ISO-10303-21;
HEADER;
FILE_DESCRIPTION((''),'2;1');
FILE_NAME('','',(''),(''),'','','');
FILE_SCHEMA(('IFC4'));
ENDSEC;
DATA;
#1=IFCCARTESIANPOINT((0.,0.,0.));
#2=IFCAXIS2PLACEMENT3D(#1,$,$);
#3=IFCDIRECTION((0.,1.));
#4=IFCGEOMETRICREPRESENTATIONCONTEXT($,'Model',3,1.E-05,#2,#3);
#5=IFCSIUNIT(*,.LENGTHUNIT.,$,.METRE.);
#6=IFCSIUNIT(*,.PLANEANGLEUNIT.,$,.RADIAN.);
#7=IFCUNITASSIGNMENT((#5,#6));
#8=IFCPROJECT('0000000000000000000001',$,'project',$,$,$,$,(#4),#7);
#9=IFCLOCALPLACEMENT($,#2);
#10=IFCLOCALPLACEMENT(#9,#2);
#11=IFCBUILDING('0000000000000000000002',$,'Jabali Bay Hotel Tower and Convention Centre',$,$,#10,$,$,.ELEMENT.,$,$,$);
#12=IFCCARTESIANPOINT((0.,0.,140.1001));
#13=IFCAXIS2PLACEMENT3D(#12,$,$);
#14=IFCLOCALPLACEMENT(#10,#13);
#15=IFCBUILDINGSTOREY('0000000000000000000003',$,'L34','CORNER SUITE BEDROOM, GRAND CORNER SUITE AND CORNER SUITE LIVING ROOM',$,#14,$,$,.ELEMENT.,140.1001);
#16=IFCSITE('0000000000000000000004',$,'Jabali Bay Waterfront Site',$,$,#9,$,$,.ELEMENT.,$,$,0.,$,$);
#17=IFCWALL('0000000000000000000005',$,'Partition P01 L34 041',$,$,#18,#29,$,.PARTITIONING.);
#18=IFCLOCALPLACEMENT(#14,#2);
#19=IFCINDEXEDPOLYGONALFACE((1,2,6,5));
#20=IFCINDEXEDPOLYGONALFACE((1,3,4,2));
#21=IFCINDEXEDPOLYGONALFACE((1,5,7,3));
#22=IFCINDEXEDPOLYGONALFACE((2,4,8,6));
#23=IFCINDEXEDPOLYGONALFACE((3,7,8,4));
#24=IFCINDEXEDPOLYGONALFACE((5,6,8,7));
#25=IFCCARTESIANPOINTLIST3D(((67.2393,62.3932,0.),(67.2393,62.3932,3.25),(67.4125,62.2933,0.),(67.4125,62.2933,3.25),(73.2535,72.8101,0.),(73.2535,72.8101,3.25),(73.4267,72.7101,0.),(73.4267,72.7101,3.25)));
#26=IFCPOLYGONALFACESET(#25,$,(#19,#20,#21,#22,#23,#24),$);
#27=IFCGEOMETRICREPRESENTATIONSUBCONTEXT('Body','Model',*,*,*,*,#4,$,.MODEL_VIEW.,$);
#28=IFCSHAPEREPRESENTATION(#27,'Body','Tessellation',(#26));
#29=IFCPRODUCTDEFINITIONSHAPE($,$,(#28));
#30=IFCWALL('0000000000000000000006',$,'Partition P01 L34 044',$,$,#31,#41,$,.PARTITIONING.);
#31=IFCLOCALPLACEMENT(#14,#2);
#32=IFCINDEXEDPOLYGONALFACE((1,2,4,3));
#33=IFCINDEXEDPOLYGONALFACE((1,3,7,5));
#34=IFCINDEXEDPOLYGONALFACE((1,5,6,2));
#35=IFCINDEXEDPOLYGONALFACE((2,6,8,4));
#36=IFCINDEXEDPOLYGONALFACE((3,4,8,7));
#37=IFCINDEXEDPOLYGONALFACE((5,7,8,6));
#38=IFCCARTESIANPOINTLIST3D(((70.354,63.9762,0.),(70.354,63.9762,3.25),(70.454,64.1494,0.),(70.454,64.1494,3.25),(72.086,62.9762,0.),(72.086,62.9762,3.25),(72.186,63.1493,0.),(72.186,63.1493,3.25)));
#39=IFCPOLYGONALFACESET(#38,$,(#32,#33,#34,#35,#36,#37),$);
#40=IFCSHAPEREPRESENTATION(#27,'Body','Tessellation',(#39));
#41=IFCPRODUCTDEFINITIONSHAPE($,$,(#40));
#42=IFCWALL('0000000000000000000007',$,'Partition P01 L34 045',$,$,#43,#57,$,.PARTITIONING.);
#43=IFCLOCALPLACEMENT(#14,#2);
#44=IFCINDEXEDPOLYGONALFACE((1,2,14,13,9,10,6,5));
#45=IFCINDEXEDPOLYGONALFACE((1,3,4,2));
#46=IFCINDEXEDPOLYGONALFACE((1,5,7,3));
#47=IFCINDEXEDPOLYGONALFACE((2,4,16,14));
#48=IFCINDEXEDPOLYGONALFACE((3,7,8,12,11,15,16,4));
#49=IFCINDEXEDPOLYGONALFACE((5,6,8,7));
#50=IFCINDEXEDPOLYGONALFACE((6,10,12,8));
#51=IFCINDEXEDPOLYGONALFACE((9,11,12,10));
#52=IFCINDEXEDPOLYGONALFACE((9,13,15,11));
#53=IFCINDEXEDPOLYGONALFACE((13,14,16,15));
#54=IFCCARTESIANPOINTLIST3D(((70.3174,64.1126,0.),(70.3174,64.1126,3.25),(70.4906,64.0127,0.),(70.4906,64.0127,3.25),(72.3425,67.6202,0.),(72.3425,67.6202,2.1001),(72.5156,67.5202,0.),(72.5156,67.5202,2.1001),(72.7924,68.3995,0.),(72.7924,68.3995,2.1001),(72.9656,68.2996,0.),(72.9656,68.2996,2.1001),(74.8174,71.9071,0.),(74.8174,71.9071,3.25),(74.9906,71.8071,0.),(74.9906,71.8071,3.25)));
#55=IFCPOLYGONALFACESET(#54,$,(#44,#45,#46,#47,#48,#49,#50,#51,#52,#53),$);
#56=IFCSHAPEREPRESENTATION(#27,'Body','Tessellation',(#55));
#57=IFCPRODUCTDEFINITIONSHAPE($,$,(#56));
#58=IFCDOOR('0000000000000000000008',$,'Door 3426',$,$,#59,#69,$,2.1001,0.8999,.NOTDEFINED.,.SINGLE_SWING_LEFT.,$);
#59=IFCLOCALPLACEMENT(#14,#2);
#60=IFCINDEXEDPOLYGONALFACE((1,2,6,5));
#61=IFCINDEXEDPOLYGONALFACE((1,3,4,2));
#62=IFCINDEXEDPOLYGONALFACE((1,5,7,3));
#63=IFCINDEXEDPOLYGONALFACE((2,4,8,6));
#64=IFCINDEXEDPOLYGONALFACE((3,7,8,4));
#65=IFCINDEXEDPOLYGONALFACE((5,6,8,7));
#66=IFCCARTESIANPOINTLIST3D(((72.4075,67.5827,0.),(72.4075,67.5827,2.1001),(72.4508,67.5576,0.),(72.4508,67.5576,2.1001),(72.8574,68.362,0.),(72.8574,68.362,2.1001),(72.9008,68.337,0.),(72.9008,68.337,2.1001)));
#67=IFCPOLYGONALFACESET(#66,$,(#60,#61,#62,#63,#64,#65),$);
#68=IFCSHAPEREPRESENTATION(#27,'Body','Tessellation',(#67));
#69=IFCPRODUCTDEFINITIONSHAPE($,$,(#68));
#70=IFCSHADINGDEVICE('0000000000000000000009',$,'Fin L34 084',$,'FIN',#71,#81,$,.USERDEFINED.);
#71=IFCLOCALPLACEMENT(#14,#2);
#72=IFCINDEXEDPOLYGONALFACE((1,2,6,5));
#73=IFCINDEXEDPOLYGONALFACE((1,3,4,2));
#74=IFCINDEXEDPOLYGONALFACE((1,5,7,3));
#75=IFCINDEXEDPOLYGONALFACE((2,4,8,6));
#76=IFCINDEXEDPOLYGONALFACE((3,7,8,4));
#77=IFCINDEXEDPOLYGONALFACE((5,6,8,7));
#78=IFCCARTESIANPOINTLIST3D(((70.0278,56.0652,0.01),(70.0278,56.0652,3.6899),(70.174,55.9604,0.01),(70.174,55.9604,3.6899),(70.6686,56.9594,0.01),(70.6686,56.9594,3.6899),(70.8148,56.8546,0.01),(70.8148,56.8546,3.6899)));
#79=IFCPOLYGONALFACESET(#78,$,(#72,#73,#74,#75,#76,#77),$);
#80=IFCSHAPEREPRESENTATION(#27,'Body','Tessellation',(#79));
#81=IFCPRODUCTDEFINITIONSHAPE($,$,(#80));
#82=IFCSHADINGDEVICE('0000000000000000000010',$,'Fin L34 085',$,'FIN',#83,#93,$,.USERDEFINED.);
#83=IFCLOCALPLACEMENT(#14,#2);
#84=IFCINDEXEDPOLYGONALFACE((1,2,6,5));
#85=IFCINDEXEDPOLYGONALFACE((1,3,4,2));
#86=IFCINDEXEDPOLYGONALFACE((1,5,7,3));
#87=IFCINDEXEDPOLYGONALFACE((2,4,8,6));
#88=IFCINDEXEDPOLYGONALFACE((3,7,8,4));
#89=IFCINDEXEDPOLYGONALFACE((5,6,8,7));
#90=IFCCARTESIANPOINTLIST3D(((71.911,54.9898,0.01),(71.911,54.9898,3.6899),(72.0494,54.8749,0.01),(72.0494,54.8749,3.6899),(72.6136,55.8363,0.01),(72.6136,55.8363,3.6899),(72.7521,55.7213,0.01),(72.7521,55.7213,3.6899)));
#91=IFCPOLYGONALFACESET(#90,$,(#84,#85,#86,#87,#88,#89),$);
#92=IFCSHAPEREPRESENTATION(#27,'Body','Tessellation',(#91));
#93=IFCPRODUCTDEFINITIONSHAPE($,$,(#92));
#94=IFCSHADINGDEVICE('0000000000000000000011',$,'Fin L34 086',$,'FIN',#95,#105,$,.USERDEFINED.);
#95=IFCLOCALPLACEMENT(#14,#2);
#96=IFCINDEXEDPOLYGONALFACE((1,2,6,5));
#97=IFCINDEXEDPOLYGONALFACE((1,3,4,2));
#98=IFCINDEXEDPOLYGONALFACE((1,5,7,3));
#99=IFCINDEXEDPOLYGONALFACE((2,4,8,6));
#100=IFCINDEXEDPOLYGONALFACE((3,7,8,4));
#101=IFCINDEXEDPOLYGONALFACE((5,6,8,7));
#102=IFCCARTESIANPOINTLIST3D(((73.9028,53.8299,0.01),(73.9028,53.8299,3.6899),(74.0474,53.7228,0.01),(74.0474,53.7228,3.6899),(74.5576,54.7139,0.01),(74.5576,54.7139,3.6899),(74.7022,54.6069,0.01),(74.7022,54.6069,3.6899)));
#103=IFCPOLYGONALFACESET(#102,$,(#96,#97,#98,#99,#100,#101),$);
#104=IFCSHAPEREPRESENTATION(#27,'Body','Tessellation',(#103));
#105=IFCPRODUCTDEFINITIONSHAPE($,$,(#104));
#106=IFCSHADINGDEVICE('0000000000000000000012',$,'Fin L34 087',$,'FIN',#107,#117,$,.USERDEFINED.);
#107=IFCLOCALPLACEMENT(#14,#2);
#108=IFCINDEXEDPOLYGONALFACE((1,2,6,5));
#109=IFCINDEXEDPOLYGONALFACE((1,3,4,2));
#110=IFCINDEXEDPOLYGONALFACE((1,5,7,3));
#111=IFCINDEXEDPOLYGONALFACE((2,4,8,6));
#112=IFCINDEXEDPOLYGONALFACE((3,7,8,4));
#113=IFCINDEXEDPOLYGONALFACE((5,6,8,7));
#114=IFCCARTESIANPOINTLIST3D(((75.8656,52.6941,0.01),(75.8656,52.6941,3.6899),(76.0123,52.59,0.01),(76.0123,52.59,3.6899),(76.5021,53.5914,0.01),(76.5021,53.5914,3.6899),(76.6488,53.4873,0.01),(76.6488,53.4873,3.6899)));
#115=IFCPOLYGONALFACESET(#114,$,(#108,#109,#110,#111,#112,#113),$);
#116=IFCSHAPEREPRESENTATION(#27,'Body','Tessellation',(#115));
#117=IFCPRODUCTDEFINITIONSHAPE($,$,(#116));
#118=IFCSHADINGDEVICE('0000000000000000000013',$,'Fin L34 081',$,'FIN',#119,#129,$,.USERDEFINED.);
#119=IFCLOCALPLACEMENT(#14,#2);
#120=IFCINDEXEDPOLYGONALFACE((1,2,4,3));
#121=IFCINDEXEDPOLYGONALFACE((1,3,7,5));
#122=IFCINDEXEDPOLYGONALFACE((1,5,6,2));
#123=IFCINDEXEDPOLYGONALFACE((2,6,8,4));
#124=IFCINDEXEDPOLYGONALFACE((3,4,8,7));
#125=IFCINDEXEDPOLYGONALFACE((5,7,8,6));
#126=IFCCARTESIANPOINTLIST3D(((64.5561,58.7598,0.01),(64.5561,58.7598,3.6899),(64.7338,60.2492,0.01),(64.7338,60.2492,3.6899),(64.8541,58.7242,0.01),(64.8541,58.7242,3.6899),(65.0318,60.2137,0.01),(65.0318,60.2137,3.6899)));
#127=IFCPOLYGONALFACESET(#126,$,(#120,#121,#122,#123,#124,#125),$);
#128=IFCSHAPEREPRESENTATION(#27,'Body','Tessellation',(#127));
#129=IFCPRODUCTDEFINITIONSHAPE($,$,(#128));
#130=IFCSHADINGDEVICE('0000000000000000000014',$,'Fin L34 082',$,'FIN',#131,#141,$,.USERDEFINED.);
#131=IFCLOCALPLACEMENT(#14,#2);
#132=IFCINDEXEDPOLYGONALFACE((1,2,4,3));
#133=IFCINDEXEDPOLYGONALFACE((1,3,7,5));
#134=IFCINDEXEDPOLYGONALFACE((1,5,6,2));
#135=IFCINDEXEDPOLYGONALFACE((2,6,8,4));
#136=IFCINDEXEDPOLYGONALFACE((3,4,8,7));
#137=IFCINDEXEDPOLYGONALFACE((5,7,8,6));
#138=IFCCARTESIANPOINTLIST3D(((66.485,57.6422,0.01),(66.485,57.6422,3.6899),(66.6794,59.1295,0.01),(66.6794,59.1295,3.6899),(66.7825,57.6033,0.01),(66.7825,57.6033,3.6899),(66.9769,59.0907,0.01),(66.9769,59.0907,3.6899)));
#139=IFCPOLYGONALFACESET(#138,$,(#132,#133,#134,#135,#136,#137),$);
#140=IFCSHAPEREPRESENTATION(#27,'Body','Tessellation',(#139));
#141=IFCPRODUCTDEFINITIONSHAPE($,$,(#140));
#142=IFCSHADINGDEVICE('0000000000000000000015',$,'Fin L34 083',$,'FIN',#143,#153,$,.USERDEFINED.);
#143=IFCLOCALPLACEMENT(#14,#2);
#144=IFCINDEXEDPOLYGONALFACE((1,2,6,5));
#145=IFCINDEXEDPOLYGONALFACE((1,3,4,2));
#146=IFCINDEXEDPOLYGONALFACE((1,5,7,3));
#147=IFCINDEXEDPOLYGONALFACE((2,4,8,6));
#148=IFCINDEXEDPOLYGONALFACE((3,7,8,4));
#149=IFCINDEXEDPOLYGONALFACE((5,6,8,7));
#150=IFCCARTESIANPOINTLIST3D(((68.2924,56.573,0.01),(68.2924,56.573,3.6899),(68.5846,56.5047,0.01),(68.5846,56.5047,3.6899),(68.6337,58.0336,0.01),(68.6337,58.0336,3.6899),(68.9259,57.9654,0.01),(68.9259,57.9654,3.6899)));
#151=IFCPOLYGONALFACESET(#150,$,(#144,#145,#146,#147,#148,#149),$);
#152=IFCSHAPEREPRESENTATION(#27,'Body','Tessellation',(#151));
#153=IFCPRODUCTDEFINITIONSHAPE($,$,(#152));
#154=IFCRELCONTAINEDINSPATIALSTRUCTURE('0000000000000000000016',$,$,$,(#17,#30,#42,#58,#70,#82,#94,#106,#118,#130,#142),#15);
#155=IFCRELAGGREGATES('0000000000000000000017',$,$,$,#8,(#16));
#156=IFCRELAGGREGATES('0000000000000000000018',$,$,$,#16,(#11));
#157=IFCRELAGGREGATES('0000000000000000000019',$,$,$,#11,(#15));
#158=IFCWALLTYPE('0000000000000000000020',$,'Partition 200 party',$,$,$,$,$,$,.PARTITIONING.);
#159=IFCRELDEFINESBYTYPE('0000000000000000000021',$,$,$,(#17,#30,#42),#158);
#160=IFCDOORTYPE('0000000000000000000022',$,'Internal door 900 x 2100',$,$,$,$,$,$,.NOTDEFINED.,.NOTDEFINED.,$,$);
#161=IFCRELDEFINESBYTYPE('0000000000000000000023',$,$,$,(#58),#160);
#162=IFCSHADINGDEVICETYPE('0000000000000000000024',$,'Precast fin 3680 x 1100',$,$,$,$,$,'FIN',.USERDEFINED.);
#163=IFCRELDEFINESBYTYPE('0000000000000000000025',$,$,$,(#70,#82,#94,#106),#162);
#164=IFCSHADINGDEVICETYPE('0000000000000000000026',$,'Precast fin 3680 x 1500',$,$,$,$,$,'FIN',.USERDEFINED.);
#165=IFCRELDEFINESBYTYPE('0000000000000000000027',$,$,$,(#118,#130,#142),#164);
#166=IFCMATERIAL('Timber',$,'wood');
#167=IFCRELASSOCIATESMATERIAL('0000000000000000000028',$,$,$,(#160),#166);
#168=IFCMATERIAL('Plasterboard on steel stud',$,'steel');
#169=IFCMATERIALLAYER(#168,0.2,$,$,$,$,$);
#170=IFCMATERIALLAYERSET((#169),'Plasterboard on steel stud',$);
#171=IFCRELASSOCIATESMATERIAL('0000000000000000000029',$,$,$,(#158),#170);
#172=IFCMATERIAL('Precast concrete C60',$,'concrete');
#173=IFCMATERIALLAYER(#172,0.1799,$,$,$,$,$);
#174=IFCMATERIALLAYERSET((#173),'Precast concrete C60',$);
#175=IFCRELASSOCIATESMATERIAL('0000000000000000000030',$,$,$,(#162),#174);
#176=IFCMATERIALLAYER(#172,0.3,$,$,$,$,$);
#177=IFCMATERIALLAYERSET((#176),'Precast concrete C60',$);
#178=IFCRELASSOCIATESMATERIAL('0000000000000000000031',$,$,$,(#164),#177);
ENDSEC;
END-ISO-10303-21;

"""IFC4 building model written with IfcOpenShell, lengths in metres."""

from ifc_helpers import new_model, si_unit, direction, frame, frame_2d, origin, place, context, subcontext, project, spatial, rectangle, extrude, material, layer, layer_set, type_object, element, fill, save


model = new_model("IFC4")

# Units and contexts
model_context = context("Model", 3, precision=1e-05, world=origin(), true_north=direction((0.0, 1.0)))
body_context = subcontext(model_context, "Body", "Model", "MODEL_VIEW")
ifc_project = project(units=[si_unit("LENGTHUNIT", "METRE"), si_unit("PLANEANGLEUNIT", "RADIAN")], contexts=[model_context])

# Site, building, storey
site_placement = place(None, origin())
site = spatial("IfcSite", under=ifc_project, at=site_placement, Name="Jabali Bay Waterfront Site", CompositionType="ELEMENT", RefElevation=0.0)
building_placement = place(site_placement, origin())
building = spatial("IfcBuilding", under=site, at=building_placement, Name="Jabali Bay Hotel Tower and Convention Centre", CompositionType="ELEMENT")
storey_placement = place(building_placement, frame((0.0, 0.0, 140.1001)))
storey = spatial("IfcBuildingStorey", under=building, at=storey_placement, Name="L34", Description="CORNER SUITE BEDROOM, GRAND CORNER SUITE AND CORNER SUITE LIVING ROOM", CompositionType="ELEMENT", Elevation=140.1001)

# Shared definitions
ifc_material_1 = material(Name="Plasterboard on steel stud", Category="steel")
ifc_material_2 = material(Name="Timber", Category="wood")
door_type_1 = type_object("IfcDoorType", Name="Internal door 900 x 2100", OperationType="NOTDEFINED", PredefinedType="NOTDEFINED", material=ifc_material_2)

# Walls
ifc_layer_1 = layer(ifc_material_1, 0.2)
ifc_layer_set_1 = layer_set([ifc_layer_1], Name="Plasterboard on steel stud")
wall_type_1 = type_object("IfcWallType", Name="Partition 200 party", PredefinedType="PARTITIONING", material=ifc_layer_set_1)
for number, where, z_axis, x_axis, name in (
    (1, (67.3259, 62.3433, 0.0), (0.0, 0.0, 1.0), (0.500003, 0.866024, 0.0), "Partition P01 L34 041"),
):
    element("IfcWall", number, at=place(storey_placement, frame(where, z_axis=z_axis, x_axis=x_axis)), inside=storey, type_object=wall_type_1, Name=name, PredefinedType="PARTITIONING", context=body_context, shape_type="SweptSolid", body=[
        extrude(rectangle(XDim=12.0283, YDim=0.2, at=frame_2d((6.0142, 0.0))), origin(), (0.0, 0.0, 1.0), 3.25),
    ])
wall_1_placement = place(storey_placement, frame((72.136, 63.0627, 0.0), z_axis=(0.0, 0.0, 1.0), x_axis=(-0.866011, 0.500025, 0.0)))
element("IfcWall", 2, at=wall_1_placement, inside=storey, type_object=wall_type_1, Name="Partition P01 L34 044", PredefinedType="PARTITIONING", context=body_context, shape_type="SweptSolid", body=[
    extrude(rectangle(XDim=2.0, YDim=0.2, at=frame_2d((1.0, 0.0))), origin(), (0.0, 0.0, 1.0), 3.25),
])

# Wall, opening, door
wall_2_placement = place(storey_placement, frame((70.4041, 64.0627, 0.0), z_axis=(0.0, 0.0, 1.0), x_axis=(0.49999, 0.866031, 0.0)))
wall_2 = element("IfcWall", 3, at=wall_2_placement, inside=storey, type_object=wall_type_1, Name="Partition P01 L34 045", PredefinedType="PARTITIONING", context=body_context, shape_type="SweptSolid", body=[
    extrude(rectangle(XDim=9.0002, YDim=0.2, at=frame_2d((4.5, 0.0))), origin(), (0.0, 0.0, 1.0), 3.25),
])
opening_1_placement = place(wall_2_placement, frame((4.05, 0.0, 0.0)))
opening_1 = element("IfcOpeningElement", 4, at=opening_1_placement, cuts=wall_2, PredefinedType="OPENING", context=body_context, shape_type="SweptSolid", body=[
    extrude(rectangle(XDim=0.8999, YDim=2.1001, at=frame_2d((0.45, 1.05))), frame((0.0, 0.1104, 0.0), z_axis=(0.0, -1.0, 0.0), x_axis=(1.0, 0.0, 0.0)), (0.0, 0.0, 1.0), 0.2209),
])
door_1_placement = place(opening_1_placement, origin())
door_1 = element("IfcDoor", 5, at=door_1_placement, inside=storey, type_object=door_type_1, Name="Door 3426", OperationType="SINGLE_SWING_LEFT", OverallHeight=2.1001, OverallWidth=0.8999, PredefinedType="NOTDEFINED", context=body_context, shape_type="SweptSolid", body=[
    extrude(rectangle(XDim=0.8999, YDim=2.1001, at=frame_2d((0.45, 1.05))), frame((0.0, 0.0249, 0.0), z_axis=(0.0, -1.0, 0.0), x_axis=(1.0, 0.0, 0.0)), (0.0, 0.0, 1.0), 0.05),
])
fill(opening_1, door_1)

# Shading devices
ifc_material_3 = material(Name="Precast concrete C60", Category="concrete")
ifc_layer_2 = layer(ifc_material_3, 0.1799)
ifc_layer_set_2 = layer_set([ifc_layer_2], Name="Precast concrete C60")
shading_device_type_1 = type_object("IfcShadingDeviceType", Name="Precast fin 3680 x 1100", ElementType="FIN", PredefinedType="USERDEFINED", material=ifc_layer_set_2)
for number, where, z_axis, x_axis, name in (
    (6, (70.7417, 56.907, 0.01), (0.0, 0.0, 1.0), (-0.582497, -0.812833, 0.0), "Fin L34 084"),
    (7, (72.6829, 55.7788, 0.01), (0.0, 0.0, 1.0), (-0.638721, -0.769439, 0.0), "Fin L34 085"),
    (8, (74.6299, 54.6604, 0.01), (0.0, 0.0, 1.0), (-0.595196, -0.803581, 0.0), "Fin L34 086"),
    (9, (76.5754, 53.5393, 0.01), (0.0, 0.0, 1.0), (-0.57859, -0.815619, 0.0), "Fin L34 087"),
):
    element("IfcShadingDevice", number, at=place(storey_placement, frame(where, z_axis=z_axis, x_axis=x_axis)), inside=storey, type_object=shading_device_type_1, Name=name, ObjectType="FIN", PredefinedType="USERDEFINED", context=body_context, shape_type="SweptSolid", body=[
        extrude(rectangle(XDim=1.1001, YDim=0.1799, at=frame_2d((0.55, 0.0))), origin(), (0.0, 0.0, 1.0), 3.6799),
    ])
ifc_layer_3 = layer(ifc_material_3, 0.3)
ifc_layer_set_3 = layer_set([ifc_layer_3], Name="Precast concrete C60")
shading_device_type_2 = type_object("IfcShadingDeviceType", Name="Precast fin 3680 x 1500", ElementType="FIN", PredefinedType="USERDEFINED", material=ifc_layer_set_3)
for number, where, z_axis, x_axis, name in (
    (10, (64.8828, 60.2314, 0.01), (0.0, 0.0, 1.0), (-0.118484, -0.992956, 0.0), "Fin L34 081"),
    (11, (66.8281, 59.1101, 0.01), (0.0, 0.0, 1.0), (-0.129562, -0.991571, 0.0), "Fin L34 082"),
    (12, (68.7798, 57.9995, 0.01), (0.0, 0.0, 1.0), (-0.227533, -0.97377, 0.0), "Fin L34 083"),
):
    element("IfcShadingDevice", number, at=place(storey_placement, frame(where, z_axis=z_axis, x_axis=x_axis)), inside=storey, type_object=shading_device_type_2, Name=name, ObjectType="FIN", PredefinedType="USERDEFINED", context=body_context, shape_type="SweptSolid", body=[
        extrude(rectangle(XDim=1.5, YDim=0.3, at=frame_2d((0.75, 0.0))), origin(), (0.0, 0.0, 1.0), 3.6799),
    ])

save(model, "model.ifc")
